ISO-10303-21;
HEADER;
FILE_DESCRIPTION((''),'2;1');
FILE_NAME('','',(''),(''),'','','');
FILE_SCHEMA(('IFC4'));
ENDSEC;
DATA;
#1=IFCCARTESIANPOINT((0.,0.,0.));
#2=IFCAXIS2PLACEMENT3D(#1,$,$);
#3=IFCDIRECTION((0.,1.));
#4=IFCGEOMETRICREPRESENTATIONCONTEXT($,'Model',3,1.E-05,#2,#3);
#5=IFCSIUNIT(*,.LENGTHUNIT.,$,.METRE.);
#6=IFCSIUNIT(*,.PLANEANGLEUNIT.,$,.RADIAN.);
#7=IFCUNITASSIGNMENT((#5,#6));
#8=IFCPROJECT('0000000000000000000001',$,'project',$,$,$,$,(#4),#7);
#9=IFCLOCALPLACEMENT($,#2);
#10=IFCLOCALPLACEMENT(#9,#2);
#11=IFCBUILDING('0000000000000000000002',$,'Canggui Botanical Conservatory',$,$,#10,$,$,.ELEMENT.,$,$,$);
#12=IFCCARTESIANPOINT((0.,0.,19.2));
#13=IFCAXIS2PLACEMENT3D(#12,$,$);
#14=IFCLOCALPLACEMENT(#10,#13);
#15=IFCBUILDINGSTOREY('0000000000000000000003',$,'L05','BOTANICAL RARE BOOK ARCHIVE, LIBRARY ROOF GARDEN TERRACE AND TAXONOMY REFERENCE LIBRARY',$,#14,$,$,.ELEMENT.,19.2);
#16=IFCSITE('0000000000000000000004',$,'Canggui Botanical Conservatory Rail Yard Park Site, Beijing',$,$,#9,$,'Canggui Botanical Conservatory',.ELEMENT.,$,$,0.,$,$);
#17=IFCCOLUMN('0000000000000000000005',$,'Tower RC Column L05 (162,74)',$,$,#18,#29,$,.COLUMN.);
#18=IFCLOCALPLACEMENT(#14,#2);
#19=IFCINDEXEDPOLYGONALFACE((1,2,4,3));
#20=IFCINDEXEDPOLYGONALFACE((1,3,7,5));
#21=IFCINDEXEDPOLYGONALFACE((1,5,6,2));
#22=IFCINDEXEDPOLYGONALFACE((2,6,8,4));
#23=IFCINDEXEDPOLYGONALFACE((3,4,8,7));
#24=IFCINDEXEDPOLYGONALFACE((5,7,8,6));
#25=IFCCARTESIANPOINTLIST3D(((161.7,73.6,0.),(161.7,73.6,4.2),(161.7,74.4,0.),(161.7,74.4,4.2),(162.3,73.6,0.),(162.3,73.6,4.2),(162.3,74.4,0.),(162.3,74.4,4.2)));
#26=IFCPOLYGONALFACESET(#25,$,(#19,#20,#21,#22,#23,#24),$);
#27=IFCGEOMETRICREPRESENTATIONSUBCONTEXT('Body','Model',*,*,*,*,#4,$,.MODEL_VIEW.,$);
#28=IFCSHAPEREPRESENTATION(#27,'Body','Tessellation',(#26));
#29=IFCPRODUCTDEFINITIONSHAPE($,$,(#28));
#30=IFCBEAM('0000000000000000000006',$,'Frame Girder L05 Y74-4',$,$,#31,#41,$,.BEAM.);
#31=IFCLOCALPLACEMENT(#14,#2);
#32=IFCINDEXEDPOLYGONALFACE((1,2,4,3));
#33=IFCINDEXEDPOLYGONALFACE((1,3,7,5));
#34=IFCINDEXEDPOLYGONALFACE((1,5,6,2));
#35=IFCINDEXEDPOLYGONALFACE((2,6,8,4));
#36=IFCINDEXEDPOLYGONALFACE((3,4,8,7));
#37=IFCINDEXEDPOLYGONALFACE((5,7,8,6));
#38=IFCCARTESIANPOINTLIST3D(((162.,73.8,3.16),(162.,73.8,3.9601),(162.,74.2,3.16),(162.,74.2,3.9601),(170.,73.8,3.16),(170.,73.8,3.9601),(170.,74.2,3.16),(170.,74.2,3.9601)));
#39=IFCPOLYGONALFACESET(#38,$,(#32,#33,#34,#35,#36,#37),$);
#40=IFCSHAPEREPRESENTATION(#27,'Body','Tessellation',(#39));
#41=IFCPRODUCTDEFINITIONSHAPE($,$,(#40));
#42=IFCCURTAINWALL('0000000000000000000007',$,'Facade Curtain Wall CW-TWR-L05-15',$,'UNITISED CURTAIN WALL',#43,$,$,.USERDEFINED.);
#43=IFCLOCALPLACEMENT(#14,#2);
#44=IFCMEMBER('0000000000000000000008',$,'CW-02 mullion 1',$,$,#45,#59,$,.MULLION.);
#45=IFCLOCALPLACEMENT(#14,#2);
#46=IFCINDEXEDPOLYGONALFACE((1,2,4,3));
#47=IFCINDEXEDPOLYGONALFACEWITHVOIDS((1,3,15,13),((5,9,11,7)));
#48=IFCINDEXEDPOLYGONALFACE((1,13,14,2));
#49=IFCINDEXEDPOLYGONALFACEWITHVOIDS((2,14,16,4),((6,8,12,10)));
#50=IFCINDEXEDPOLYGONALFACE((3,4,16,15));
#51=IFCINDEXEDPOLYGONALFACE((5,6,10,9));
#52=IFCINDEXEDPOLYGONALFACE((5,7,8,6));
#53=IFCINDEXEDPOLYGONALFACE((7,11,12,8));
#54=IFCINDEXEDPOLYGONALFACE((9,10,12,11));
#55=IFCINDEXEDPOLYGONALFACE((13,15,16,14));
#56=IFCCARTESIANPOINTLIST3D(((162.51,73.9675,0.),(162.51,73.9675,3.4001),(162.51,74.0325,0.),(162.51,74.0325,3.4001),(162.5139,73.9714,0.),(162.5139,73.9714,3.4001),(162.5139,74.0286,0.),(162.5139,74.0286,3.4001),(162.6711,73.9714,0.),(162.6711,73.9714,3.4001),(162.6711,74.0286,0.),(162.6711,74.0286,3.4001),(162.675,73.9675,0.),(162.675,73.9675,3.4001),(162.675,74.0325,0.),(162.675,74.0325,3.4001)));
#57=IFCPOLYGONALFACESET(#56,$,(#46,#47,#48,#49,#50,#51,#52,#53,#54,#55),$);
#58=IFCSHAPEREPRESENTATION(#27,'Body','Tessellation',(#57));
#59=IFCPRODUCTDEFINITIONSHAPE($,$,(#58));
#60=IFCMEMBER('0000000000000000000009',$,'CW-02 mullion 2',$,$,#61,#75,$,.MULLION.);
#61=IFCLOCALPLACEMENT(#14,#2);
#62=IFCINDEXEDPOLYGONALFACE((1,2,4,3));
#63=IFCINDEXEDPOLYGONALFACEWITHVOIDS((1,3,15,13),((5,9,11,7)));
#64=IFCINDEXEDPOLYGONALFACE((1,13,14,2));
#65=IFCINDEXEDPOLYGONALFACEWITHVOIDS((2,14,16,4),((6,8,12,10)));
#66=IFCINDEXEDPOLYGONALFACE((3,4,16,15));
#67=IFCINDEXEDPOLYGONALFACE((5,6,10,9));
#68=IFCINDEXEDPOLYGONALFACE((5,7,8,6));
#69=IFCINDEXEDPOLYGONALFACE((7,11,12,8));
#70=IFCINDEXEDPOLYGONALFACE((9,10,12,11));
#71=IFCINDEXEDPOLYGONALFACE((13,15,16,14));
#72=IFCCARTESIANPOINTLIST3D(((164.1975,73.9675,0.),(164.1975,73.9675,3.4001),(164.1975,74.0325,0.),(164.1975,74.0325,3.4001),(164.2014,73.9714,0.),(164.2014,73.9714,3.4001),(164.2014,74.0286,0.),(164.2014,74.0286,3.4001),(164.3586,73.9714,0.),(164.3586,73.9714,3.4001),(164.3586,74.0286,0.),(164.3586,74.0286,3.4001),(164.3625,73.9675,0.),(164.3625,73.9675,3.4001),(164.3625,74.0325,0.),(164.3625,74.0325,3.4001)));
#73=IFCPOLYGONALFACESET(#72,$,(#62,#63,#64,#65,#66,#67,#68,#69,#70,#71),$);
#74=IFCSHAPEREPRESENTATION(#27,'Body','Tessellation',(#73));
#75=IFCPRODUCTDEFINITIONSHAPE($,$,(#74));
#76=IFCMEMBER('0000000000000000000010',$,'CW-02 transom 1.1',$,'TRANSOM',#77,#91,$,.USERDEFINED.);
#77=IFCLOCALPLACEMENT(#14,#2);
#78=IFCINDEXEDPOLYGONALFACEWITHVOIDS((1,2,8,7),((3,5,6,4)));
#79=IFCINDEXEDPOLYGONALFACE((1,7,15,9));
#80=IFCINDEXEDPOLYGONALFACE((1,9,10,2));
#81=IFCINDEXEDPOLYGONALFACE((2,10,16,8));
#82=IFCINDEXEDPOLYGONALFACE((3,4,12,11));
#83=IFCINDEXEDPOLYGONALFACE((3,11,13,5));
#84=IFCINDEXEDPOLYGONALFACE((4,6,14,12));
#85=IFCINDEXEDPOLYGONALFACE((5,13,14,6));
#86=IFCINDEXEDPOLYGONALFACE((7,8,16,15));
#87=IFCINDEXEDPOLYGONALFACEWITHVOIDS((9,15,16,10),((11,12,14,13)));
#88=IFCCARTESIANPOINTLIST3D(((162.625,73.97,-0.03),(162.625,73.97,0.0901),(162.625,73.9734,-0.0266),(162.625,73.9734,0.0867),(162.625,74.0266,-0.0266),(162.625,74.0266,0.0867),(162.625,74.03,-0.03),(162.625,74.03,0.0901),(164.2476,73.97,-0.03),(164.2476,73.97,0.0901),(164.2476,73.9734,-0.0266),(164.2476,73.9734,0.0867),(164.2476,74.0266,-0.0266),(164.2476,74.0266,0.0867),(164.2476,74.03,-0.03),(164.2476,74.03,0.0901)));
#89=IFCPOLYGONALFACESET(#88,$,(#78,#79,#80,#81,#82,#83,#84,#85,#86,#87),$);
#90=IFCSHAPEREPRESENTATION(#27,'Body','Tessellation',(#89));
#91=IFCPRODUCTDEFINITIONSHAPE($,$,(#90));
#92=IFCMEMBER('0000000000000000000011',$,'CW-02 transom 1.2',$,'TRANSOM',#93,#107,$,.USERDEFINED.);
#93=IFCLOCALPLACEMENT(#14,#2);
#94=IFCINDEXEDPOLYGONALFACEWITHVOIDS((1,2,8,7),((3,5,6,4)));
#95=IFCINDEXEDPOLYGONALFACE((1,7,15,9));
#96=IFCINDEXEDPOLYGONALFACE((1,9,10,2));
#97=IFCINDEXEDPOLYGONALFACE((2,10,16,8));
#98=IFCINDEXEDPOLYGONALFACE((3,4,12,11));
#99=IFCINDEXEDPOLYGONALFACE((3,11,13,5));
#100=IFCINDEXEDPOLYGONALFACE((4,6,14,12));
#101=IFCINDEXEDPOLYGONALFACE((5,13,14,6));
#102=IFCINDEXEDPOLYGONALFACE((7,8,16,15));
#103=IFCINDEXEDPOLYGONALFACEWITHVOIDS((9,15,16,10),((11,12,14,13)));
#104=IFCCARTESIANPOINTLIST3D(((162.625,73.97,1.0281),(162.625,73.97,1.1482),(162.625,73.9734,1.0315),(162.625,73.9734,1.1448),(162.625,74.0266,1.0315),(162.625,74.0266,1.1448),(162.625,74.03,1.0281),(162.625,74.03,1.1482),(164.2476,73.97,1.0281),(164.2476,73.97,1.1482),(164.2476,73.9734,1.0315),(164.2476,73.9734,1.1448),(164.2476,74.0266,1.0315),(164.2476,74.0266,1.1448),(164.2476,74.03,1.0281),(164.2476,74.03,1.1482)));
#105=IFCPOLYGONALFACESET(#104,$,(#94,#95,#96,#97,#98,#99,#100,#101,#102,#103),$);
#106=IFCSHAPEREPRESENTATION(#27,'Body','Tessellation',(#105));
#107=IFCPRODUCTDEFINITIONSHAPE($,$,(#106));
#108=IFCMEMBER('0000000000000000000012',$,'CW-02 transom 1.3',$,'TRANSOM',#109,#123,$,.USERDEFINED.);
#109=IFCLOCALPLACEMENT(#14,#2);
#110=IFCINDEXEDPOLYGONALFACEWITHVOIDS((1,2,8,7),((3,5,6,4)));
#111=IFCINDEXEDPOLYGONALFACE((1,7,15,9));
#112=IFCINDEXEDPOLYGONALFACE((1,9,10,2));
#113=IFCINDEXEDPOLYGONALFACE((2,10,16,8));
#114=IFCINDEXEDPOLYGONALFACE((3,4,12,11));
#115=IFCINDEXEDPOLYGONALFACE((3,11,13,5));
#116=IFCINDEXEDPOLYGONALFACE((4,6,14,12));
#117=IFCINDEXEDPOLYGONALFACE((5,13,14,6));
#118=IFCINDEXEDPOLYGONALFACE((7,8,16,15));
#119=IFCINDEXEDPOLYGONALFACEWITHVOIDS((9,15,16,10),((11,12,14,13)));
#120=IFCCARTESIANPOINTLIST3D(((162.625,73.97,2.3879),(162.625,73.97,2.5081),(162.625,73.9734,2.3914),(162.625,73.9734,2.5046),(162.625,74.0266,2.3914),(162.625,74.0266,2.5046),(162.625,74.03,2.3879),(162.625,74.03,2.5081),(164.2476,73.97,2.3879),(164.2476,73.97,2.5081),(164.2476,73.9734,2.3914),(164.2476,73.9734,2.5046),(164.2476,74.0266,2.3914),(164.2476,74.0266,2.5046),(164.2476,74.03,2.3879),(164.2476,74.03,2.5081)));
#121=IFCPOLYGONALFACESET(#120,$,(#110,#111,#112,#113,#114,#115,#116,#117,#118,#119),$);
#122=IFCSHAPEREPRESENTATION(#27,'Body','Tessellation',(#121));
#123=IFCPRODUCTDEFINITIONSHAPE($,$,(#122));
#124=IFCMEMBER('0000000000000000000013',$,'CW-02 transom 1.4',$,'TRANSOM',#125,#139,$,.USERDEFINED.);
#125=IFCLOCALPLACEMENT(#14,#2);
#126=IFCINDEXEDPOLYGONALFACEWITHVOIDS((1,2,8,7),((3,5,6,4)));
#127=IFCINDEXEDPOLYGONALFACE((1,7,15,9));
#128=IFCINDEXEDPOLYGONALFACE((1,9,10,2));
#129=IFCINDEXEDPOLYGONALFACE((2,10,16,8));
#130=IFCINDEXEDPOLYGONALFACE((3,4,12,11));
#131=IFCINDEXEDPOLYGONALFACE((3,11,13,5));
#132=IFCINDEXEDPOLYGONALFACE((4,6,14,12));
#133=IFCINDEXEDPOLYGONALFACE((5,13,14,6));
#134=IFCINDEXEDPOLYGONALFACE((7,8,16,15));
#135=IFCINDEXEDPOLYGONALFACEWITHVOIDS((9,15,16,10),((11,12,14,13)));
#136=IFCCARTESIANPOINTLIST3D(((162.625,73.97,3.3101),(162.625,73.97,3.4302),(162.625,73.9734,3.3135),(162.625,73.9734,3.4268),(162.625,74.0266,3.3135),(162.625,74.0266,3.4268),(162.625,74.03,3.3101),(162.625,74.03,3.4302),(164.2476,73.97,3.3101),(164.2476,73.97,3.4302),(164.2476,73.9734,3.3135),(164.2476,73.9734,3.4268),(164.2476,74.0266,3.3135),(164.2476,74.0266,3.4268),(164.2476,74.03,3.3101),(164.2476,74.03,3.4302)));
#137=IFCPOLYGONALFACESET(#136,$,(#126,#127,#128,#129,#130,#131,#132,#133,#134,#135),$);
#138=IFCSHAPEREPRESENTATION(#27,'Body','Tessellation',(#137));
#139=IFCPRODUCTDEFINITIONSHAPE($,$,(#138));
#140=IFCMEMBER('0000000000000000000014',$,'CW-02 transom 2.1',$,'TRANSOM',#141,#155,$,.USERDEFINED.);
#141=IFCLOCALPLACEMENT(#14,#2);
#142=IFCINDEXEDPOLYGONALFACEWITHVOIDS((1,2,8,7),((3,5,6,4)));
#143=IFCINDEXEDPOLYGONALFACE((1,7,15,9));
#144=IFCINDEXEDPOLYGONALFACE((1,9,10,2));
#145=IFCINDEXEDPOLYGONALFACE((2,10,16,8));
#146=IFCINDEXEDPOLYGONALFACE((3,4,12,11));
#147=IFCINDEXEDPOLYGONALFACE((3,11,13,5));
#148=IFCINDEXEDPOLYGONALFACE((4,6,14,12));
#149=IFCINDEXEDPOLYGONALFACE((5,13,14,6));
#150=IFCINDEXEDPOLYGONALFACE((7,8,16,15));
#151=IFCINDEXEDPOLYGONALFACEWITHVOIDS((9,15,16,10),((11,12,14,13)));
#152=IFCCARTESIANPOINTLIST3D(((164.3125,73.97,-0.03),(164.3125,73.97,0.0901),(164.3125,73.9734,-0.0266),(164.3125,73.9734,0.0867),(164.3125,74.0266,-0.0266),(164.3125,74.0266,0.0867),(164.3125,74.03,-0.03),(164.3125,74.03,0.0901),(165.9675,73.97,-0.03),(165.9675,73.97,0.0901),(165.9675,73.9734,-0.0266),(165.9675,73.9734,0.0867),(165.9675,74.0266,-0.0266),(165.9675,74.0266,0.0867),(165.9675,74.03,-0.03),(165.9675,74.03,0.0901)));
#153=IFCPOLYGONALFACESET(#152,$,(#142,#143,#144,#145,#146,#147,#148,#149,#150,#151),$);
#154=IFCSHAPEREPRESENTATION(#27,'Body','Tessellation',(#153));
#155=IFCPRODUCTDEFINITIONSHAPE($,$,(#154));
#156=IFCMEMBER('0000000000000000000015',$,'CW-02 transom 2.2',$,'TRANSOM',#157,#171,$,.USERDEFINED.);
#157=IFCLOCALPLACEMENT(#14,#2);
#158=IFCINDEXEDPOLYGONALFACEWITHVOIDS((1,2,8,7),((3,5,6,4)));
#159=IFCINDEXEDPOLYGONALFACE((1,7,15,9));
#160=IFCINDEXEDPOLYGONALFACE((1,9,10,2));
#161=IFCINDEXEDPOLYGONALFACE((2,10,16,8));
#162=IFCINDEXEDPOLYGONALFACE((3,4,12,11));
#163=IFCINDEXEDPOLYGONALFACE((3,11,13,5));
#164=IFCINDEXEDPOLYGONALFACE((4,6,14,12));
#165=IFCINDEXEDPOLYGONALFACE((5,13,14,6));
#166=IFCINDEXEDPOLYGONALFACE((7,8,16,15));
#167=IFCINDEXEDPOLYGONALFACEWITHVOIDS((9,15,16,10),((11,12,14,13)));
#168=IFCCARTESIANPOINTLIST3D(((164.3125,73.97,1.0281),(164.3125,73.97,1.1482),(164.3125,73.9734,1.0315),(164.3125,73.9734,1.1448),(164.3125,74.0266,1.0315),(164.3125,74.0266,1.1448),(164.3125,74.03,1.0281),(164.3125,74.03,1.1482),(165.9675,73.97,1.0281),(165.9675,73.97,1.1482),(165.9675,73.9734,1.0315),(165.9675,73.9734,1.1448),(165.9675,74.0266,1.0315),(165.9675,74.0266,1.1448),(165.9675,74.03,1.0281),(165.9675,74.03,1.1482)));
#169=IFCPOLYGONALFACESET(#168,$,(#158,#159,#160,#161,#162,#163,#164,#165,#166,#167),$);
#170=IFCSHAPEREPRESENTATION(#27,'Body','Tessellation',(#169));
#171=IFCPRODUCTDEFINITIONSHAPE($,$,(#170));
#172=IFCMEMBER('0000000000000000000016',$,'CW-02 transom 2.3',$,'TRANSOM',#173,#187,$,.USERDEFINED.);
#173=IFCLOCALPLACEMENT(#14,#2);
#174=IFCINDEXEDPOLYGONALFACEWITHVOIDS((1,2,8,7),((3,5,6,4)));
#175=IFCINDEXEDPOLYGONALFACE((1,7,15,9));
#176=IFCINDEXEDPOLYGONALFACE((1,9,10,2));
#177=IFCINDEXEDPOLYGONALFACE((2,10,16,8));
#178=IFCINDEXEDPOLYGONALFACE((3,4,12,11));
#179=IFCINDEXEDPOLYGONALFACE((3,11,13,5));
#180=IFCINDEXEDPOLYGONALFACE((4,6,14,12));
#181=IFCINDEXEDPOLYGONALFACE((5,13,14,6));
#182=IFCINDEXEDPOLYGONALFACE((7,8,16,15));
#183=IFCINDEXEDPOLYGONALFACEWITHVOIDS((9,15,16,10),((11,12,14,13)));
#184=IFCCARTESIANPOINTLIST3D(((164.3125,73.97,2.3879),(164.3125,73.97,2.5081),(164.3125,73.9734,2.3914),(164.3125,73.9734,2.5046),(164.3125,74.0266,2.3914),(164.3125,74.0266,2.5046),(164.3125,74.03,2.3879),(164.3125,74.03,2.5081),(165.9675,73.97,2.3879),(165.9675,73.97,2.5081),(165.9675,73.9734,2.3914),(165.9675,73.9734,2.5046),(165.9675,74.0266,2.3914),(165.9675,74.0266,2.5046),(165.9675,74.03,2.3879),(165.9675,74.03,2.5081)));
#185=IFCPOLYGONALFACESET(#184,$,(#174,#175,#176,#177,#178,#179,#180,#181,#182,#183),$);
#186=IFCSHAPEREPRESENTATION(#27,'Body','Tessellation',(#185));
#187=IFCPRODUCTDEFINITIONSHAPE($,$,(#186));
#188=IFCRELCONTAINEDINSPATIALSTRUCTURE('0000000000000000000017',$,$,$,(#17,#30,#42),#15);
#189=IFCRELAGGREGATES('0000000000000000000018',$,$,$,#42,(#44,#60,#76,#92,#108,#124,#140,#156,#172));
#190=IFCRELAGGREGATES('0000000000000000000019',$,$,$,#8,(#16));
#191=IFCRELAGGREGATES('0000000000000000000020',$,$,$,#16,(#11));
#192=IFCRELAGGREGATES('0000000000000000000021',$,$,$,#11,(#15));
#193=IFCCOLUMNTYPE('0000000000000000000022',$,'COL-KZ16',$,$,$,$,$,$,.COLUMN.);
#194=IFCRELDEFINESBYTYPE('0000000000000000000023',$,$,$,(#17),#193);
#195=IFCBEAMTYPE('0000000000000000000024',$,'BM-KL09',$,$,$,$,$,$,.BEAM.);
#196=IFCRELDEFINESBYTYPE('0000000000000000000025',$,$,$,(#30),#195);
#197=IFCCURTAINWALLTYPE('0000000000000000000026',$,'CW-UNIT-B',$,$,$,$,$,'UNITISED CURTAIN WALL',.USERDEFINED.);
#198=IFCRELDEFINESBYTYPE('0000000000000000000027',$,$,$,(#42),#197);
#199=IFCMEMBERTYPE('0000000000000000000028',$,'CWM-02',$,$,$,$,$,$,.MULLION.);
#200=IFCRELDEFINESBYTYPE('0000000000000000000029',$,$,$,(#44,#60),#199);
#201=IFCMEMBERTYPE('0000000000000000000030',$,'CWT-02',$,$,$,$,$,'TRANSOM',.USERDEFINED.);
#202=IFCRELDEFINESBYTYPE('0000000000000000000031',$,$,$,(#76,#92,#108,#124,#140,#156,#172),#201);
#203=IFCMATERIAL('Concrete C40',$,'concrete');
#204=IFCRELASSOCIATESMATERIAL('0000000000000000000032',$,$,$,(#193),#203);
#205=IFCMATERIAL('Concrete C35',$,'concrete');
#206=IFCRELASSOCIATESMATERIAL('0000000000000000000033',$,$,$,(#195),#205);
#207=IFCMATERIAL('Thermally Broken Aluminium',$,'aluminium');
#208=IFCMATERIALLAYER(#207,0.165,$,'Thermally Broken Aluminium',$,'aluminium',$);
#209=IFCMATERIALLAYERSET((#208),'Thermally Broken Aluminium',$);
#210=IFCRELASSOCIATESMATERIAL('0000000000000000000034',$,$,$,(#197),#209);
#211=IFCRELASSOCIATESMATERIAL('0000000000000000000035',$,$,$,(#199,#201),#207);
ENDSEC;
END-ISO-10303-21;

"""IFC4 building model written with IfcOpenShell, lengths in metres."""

from ifc_helpers import new_model, si_unit, direction, frame, origin, origin_2d, place, context, subcontext, project, spatial, rectangle, hollow_rectangle, extrude, material, layer, layer_set, material_profile, profile_set, type_object, element, aggregate, save


model = new_model("IFC4")

# Units and contexts
model_context = context("Model", 3, precision=1e-05, world=origin(), true_north=direction((0.0, 1.0)))
body_context = subcontext(model_context, "Body", "Model", "MODEL_VIEW")
ifc_project = project(units=[si_unit("LENGTHUNIT", "METRE"), si_unit("PLANEANGLEUNIT", "RADIAN")], contexts=[model_context])

# Site, building, storey
site_placement = place(None, origin())
site = spatial("IfcSite", under=ifc_project, at=site_placement, Name="Canggui Botanical Conservatory Rail Yard Park Site, Beijing", LongName="Canggui Botanical Conservatory", CompositionType="ELEMENT", RefElevation=0.0)
building_placement = place(site_placement, origin())
building = spatial("IfcBuilding", under=site, at=building_placement, Name="Canggui Botanical Conservatory", CompositionType="ELEMENT")
storey_placement = place(building_placement, frame((0.0, 0.0, 19.2)))
storey = spatial("IfcBuildingStorey", under=building, at=storey_placement, Name="L05", Description="BOTANICAL RARE BOOK ARCHIVE, LIBRARY ROOF GARDEN TERRACE AND TAXONOMY REFERENCE LIBRARY", CompositionType="ELEMENT", Elevation=19.2)

# Column
ifc_material_1 = material(Name="Concrete C40", Category="concrete")
ifc_material_profile_1 = material_profile(ifc_material_1, rectangle(XDim=0.6001, YDim=0.8, at=origin_2d()), Name="RC 600x800")
ifc_profile_set_1 = profile_set([ifc_material_profile_1], Name="Concrete C40")
column_type = type_object("IfcColumnType", Name="COL-KZ16", PredefinedType="COLUMN", material=ifc_profile_set_1)
column_placement = place(storey_placement, frame((162.0, 74.0, 0.0), z_axis=(0.0, 0.0, 1.0), x_axis=(1.0, 0.0, 0.0)))
element("IfcColumn", 1, at=column_placement, inside=storey, type_object=column_type, Name="Tower RC Column L05 (162,74)", PredefinedType="COLUMN", context=body_context, shape_type="SweptSolid", body=[
    extrude(rectangle(XDim=0.6001, YDim=0.8, at=origin_2d()), origin(), (0.0, 0.0, 1.0), 4.2),
])

# Beam
ifc_material_2 = material(Name="Concrete C35", Category="concrete")
ifc_material_profile_2 = material_profile(ifc_material_2, rectangle(XDim=0.3999, YDim=0.8, at=origin_2d()), Name="RB 400x800")
ifc_profile_set_2 = profile_set([ifc_material_profile_2], Name="Concrete C35")
beam_type = type_object("IfcBeamType", Name="BM-KL09", PredefinedType="BEAM", material=ifc_profile_set_2)
beam_placement = place(storey_placement, frame((162.0, 74.0, 3.5601), z_axis=(1.0, 0.0, 0.0), x_axis=(0.0, 1.0, 0.0)))
element("IfcBeam", 2, at=beam_placement, inside=storey, type_object=beam_type, Name="Frame Girder L05 Y74-4", PredefinedType="BEAM", context=body_context, shape_type="SweptSolid", body=[
    extrude(rectangle(XDim=0.3999, YDim=0.8, at=origin_2d()), origin(), (0.0, 0.0, 1.0), 8.0),
])

# Curtain wall, members
ifc_material_3 = material(Name="Thermally Broken Aluminium", Category="aluminium")
ifc_layer_1 = layer(ifc_material_3, 0.165, Name="Thermally Broken Aluminium", Category="aluminium")
ifc_layer_set_1 = layer_set([ifc_layer_1], Name="Thermally Broken Aluminium")
curtain_wall_type = type_object("IfcCurtainWallType", Name="CW-UNIT-B", ElementType="UNITISED CURTAIN WALL", PredefinedType="USERDEFINED", material=ifc_layer_set_1)
curtain_wall_placement = place(storey_placement, origin())
curtain_wall = element("IfcCurtainWall", 3, at=curtain_wall_placement, inside=storey, type_object=curtain_wall_type, Name="Facade Curtain Wall CW-TWR-L05-15", ObjectType="UNITISED CURTAIN WALL", PredefinedType="USERDEFINED")
ifc_material_profile_3 = material_profile(ifc_material_3, hollow_rectangle(XDim=0.0649, YDim=0.165, WallThickness=0.0039, at=origin_2d()), Name="CWM 65x165x4")
ifc_profile_set_3 = profile_set([ifc_material_profile_3], Name="Thermally Broken Aluminium")
member_type_1 = type_object("IfcMemberType", Name="CWM-02", PredefinedType="MULLION", material=ifc_profile_set_3)
member_1_placement = place(storey_placement, frame((162.5925, 74.0, 0.0), z_axis=(0.0, 0.0, 1.0), x_axis=(0.0, 1.0, 0.0)))
member_1 = element("IfcMember", 4, at=member_1_placement, type_object=member_type_1, Name="CW-02 mullion 1", PredefinedType="MULLION", context=body_context, shape_type="SweptSolid", body=[
    extrude(hollow_rectangle(XDim=0.0649, YDim=0.165, WallThickness=0.0039, at=origin_2d()), origin(), (0.0, 0.0, 1.0), 3.4001),
])
member_2_placement = place(storey_placement, frame((164.28, 74.0, 0.0), z_axis=(0.0, 0.0, 1.0), x_axis=(0.0, 1.0, 0.0)))
member_2 = element("IfcMember", 5, at=member_2_placement, type_object=member_type_1, Name="CW-02 mullion 2", PredefinedType="MULLION", context=body_context, shape_type="SweptSolid", body=[
    extrude(hollow_rectangle(XDim=0.0649, YDim=0.165, WallThickness=0.0039, at=origin_2d()), origin(), (0.0, 0.0, 1.0), 3.4001),
])
ifc_material_profile_4 = material_profile(ifc_material_3, hollow_rectangle(XDim=0.0601, YDim=0.1201, WallThickness=0.0034, at=origin_2d()), Name="CWT 60x120x3.5")
ifc_profile_set_4 = profile_set([ifc_material_profile_4], Name="Thermally Broken Aluminium")
member_type_2 = type_object("IfcMemberType", Name="CWT-02", ElementType="TRANSOM", PredefinedType="USERDEFINED", material=ifc_profile_set_4)
member_3_placement = place(storey_placement, frame((162.625, 74.0, 0.03), z_axis=(1.0, 0.0, 0.0), x_axis=(0.0, 1.0, 0.0)))
member_3 = element("IfcMember", 6, at=member_3_placement, type_object=member_type_2, Name="CW-02 transom 1.1", ObjectType="TRANSOM", PredefinedType="USERDEFINED", context=body_context, shape_type="SweptSolid", body=[
    extrude(hollow_rectangle(XDim=0.0601, YDim=0.1201, WallThickness=0.0034, at=origin_2d()), origin(), (0.0, 0.0, 1.0), 1.6226),
])
member_4_placement = place(storey_placement, frame((162.625, 74.0, 1.0881), z_axis=(1.0, 0.0, 0.0), x_axis=(0.0, 1.0, 0.0)))
member_4 = element("IfcMember", 7, at=member_4_placement, type_object=member_type_2, Name="CW-02 transom 1.2", ObjectType="TRANSOM", PredefinedType="USERDEFINED", context=body_context, shape_type="SweptSolid", body=[
    extrude(hollow_rectangle(XDim=0.0601, YDim=0.1201, WallThickness=0.0034, at=origin_2d()), origin(), (0.0, 0.0, 1.0), 1.6226),
])
member_5_placement = place(storey_placement, frame((162.625, 74.0, 2.448), z_axis=(1.0, 0.0, 0.0), x_axis=(0.0, 1.0, 0.0)))
member_5 = element("IfcMember", 8, at=member_5_placement, type_object=member_type_2, Name="CW-02 transom 1.3", ObjectType="TRANSOM", PredefinedType="USERDEFINED", context=body_context, shape_type="SweptSolid", body=[
    extrude(hollow_rectangle(XDim=0.0601, YDim=0.1201, WallThickness=0.0034, at=origin_2d()), origin(), (0.0, 0.0, 1.0), 1.6226),
])
member_6_placement = place(storey_placement, frame((162.625, 74.0, 3.3701), z_axis=(1.0, 0.0, 0.0), x_axis=(0.0, 1.0, 0.0)))
member_6 = element("IfcMember", 9, at=member_6_placement, type_object=member_type_2, Name="CW-02 transom 1.4", ObjectType="TRANSOM", PredefinedType="USERDEFINED", context=body_context, shape_type="SweptSolid", body=[
    extrude(hollow_rectangle(XDim=0.0601, YDim=0.1201, WallThickness=0.0034, at=origin_2d()), origin(), (0.0, 0.0, 1.0), 1.6226),
])
member_7_placement = place(storey_placement, frame((164.3125, 74.0, 0.03), z_axis=(1.0, 0.0, 0.0), x_axis=(0.0, 1.0, 0.0)))
member_7 = element("IfcMember", 10, at=member_7_placement, type_object=member_type_2, Name="CW-02 transom 2.1", ObjectType="TRANSOM", PredefinedType="USERDEFINED", context=body_context, shape_type="SweptSolid", body=[
    extrude(hollow_rectangle(XDim=0.0601, YDim=0.1201, WallThickness=0.0034, at=origin_2d()), origin(), (0.0, 0.0, 1.0), 1.655),
])
member_8_placement = place(storey_placement, frame((164.3125, 74.0, 1.0881), z_axis=(1.0, 0.0, 0.0), x_axis=(0.0, 1.0, 0.0)))
member_8 = element("IfcMember", 11, at=member_8_placement, type_object=member_type_2, Name="CW-02 transom 2.2", ObjectType="TRANSOM", PredefinedType="USERDEFINED", context=body_context, shape_type="SweptSolid", body=[
    extrude(hollow_rectangle(XDim=0.0601, YDim=0.1201, WallThickness=0.0034, at=origin_2d()), origin(), (0.0, 0.0, 1.0), 1.655),
])
member_9_placement = place(storey_placement, frame((164.3125, 74.0, 2.448), z_axis=(1.0, 0.0, 0.0), x_axis=(0.0, 1.0, 0.0)))
member_9 = element("IfcMember", 12, at=member_9_placement, type_object=member_type_2, Name="CW-02 transom 2.3", ObjectType="TRANSOM", PredefinedType="USERDEFINED", context=body_context, shape_type="SweptSolid", body=[
    extrude(hollow_rectangle(XDim=0.0601, YDim=0.1201, WallThickness=0.0034, at=origin_2d()), origin(), (0.0, 0.0, 1.0), 1.655),
])
aggregate(curtain_wall, [member_1, member_2, member_3, member_4, member_5, member_6, member_7, member_8, member_9])

save(model, "model.ifc")
